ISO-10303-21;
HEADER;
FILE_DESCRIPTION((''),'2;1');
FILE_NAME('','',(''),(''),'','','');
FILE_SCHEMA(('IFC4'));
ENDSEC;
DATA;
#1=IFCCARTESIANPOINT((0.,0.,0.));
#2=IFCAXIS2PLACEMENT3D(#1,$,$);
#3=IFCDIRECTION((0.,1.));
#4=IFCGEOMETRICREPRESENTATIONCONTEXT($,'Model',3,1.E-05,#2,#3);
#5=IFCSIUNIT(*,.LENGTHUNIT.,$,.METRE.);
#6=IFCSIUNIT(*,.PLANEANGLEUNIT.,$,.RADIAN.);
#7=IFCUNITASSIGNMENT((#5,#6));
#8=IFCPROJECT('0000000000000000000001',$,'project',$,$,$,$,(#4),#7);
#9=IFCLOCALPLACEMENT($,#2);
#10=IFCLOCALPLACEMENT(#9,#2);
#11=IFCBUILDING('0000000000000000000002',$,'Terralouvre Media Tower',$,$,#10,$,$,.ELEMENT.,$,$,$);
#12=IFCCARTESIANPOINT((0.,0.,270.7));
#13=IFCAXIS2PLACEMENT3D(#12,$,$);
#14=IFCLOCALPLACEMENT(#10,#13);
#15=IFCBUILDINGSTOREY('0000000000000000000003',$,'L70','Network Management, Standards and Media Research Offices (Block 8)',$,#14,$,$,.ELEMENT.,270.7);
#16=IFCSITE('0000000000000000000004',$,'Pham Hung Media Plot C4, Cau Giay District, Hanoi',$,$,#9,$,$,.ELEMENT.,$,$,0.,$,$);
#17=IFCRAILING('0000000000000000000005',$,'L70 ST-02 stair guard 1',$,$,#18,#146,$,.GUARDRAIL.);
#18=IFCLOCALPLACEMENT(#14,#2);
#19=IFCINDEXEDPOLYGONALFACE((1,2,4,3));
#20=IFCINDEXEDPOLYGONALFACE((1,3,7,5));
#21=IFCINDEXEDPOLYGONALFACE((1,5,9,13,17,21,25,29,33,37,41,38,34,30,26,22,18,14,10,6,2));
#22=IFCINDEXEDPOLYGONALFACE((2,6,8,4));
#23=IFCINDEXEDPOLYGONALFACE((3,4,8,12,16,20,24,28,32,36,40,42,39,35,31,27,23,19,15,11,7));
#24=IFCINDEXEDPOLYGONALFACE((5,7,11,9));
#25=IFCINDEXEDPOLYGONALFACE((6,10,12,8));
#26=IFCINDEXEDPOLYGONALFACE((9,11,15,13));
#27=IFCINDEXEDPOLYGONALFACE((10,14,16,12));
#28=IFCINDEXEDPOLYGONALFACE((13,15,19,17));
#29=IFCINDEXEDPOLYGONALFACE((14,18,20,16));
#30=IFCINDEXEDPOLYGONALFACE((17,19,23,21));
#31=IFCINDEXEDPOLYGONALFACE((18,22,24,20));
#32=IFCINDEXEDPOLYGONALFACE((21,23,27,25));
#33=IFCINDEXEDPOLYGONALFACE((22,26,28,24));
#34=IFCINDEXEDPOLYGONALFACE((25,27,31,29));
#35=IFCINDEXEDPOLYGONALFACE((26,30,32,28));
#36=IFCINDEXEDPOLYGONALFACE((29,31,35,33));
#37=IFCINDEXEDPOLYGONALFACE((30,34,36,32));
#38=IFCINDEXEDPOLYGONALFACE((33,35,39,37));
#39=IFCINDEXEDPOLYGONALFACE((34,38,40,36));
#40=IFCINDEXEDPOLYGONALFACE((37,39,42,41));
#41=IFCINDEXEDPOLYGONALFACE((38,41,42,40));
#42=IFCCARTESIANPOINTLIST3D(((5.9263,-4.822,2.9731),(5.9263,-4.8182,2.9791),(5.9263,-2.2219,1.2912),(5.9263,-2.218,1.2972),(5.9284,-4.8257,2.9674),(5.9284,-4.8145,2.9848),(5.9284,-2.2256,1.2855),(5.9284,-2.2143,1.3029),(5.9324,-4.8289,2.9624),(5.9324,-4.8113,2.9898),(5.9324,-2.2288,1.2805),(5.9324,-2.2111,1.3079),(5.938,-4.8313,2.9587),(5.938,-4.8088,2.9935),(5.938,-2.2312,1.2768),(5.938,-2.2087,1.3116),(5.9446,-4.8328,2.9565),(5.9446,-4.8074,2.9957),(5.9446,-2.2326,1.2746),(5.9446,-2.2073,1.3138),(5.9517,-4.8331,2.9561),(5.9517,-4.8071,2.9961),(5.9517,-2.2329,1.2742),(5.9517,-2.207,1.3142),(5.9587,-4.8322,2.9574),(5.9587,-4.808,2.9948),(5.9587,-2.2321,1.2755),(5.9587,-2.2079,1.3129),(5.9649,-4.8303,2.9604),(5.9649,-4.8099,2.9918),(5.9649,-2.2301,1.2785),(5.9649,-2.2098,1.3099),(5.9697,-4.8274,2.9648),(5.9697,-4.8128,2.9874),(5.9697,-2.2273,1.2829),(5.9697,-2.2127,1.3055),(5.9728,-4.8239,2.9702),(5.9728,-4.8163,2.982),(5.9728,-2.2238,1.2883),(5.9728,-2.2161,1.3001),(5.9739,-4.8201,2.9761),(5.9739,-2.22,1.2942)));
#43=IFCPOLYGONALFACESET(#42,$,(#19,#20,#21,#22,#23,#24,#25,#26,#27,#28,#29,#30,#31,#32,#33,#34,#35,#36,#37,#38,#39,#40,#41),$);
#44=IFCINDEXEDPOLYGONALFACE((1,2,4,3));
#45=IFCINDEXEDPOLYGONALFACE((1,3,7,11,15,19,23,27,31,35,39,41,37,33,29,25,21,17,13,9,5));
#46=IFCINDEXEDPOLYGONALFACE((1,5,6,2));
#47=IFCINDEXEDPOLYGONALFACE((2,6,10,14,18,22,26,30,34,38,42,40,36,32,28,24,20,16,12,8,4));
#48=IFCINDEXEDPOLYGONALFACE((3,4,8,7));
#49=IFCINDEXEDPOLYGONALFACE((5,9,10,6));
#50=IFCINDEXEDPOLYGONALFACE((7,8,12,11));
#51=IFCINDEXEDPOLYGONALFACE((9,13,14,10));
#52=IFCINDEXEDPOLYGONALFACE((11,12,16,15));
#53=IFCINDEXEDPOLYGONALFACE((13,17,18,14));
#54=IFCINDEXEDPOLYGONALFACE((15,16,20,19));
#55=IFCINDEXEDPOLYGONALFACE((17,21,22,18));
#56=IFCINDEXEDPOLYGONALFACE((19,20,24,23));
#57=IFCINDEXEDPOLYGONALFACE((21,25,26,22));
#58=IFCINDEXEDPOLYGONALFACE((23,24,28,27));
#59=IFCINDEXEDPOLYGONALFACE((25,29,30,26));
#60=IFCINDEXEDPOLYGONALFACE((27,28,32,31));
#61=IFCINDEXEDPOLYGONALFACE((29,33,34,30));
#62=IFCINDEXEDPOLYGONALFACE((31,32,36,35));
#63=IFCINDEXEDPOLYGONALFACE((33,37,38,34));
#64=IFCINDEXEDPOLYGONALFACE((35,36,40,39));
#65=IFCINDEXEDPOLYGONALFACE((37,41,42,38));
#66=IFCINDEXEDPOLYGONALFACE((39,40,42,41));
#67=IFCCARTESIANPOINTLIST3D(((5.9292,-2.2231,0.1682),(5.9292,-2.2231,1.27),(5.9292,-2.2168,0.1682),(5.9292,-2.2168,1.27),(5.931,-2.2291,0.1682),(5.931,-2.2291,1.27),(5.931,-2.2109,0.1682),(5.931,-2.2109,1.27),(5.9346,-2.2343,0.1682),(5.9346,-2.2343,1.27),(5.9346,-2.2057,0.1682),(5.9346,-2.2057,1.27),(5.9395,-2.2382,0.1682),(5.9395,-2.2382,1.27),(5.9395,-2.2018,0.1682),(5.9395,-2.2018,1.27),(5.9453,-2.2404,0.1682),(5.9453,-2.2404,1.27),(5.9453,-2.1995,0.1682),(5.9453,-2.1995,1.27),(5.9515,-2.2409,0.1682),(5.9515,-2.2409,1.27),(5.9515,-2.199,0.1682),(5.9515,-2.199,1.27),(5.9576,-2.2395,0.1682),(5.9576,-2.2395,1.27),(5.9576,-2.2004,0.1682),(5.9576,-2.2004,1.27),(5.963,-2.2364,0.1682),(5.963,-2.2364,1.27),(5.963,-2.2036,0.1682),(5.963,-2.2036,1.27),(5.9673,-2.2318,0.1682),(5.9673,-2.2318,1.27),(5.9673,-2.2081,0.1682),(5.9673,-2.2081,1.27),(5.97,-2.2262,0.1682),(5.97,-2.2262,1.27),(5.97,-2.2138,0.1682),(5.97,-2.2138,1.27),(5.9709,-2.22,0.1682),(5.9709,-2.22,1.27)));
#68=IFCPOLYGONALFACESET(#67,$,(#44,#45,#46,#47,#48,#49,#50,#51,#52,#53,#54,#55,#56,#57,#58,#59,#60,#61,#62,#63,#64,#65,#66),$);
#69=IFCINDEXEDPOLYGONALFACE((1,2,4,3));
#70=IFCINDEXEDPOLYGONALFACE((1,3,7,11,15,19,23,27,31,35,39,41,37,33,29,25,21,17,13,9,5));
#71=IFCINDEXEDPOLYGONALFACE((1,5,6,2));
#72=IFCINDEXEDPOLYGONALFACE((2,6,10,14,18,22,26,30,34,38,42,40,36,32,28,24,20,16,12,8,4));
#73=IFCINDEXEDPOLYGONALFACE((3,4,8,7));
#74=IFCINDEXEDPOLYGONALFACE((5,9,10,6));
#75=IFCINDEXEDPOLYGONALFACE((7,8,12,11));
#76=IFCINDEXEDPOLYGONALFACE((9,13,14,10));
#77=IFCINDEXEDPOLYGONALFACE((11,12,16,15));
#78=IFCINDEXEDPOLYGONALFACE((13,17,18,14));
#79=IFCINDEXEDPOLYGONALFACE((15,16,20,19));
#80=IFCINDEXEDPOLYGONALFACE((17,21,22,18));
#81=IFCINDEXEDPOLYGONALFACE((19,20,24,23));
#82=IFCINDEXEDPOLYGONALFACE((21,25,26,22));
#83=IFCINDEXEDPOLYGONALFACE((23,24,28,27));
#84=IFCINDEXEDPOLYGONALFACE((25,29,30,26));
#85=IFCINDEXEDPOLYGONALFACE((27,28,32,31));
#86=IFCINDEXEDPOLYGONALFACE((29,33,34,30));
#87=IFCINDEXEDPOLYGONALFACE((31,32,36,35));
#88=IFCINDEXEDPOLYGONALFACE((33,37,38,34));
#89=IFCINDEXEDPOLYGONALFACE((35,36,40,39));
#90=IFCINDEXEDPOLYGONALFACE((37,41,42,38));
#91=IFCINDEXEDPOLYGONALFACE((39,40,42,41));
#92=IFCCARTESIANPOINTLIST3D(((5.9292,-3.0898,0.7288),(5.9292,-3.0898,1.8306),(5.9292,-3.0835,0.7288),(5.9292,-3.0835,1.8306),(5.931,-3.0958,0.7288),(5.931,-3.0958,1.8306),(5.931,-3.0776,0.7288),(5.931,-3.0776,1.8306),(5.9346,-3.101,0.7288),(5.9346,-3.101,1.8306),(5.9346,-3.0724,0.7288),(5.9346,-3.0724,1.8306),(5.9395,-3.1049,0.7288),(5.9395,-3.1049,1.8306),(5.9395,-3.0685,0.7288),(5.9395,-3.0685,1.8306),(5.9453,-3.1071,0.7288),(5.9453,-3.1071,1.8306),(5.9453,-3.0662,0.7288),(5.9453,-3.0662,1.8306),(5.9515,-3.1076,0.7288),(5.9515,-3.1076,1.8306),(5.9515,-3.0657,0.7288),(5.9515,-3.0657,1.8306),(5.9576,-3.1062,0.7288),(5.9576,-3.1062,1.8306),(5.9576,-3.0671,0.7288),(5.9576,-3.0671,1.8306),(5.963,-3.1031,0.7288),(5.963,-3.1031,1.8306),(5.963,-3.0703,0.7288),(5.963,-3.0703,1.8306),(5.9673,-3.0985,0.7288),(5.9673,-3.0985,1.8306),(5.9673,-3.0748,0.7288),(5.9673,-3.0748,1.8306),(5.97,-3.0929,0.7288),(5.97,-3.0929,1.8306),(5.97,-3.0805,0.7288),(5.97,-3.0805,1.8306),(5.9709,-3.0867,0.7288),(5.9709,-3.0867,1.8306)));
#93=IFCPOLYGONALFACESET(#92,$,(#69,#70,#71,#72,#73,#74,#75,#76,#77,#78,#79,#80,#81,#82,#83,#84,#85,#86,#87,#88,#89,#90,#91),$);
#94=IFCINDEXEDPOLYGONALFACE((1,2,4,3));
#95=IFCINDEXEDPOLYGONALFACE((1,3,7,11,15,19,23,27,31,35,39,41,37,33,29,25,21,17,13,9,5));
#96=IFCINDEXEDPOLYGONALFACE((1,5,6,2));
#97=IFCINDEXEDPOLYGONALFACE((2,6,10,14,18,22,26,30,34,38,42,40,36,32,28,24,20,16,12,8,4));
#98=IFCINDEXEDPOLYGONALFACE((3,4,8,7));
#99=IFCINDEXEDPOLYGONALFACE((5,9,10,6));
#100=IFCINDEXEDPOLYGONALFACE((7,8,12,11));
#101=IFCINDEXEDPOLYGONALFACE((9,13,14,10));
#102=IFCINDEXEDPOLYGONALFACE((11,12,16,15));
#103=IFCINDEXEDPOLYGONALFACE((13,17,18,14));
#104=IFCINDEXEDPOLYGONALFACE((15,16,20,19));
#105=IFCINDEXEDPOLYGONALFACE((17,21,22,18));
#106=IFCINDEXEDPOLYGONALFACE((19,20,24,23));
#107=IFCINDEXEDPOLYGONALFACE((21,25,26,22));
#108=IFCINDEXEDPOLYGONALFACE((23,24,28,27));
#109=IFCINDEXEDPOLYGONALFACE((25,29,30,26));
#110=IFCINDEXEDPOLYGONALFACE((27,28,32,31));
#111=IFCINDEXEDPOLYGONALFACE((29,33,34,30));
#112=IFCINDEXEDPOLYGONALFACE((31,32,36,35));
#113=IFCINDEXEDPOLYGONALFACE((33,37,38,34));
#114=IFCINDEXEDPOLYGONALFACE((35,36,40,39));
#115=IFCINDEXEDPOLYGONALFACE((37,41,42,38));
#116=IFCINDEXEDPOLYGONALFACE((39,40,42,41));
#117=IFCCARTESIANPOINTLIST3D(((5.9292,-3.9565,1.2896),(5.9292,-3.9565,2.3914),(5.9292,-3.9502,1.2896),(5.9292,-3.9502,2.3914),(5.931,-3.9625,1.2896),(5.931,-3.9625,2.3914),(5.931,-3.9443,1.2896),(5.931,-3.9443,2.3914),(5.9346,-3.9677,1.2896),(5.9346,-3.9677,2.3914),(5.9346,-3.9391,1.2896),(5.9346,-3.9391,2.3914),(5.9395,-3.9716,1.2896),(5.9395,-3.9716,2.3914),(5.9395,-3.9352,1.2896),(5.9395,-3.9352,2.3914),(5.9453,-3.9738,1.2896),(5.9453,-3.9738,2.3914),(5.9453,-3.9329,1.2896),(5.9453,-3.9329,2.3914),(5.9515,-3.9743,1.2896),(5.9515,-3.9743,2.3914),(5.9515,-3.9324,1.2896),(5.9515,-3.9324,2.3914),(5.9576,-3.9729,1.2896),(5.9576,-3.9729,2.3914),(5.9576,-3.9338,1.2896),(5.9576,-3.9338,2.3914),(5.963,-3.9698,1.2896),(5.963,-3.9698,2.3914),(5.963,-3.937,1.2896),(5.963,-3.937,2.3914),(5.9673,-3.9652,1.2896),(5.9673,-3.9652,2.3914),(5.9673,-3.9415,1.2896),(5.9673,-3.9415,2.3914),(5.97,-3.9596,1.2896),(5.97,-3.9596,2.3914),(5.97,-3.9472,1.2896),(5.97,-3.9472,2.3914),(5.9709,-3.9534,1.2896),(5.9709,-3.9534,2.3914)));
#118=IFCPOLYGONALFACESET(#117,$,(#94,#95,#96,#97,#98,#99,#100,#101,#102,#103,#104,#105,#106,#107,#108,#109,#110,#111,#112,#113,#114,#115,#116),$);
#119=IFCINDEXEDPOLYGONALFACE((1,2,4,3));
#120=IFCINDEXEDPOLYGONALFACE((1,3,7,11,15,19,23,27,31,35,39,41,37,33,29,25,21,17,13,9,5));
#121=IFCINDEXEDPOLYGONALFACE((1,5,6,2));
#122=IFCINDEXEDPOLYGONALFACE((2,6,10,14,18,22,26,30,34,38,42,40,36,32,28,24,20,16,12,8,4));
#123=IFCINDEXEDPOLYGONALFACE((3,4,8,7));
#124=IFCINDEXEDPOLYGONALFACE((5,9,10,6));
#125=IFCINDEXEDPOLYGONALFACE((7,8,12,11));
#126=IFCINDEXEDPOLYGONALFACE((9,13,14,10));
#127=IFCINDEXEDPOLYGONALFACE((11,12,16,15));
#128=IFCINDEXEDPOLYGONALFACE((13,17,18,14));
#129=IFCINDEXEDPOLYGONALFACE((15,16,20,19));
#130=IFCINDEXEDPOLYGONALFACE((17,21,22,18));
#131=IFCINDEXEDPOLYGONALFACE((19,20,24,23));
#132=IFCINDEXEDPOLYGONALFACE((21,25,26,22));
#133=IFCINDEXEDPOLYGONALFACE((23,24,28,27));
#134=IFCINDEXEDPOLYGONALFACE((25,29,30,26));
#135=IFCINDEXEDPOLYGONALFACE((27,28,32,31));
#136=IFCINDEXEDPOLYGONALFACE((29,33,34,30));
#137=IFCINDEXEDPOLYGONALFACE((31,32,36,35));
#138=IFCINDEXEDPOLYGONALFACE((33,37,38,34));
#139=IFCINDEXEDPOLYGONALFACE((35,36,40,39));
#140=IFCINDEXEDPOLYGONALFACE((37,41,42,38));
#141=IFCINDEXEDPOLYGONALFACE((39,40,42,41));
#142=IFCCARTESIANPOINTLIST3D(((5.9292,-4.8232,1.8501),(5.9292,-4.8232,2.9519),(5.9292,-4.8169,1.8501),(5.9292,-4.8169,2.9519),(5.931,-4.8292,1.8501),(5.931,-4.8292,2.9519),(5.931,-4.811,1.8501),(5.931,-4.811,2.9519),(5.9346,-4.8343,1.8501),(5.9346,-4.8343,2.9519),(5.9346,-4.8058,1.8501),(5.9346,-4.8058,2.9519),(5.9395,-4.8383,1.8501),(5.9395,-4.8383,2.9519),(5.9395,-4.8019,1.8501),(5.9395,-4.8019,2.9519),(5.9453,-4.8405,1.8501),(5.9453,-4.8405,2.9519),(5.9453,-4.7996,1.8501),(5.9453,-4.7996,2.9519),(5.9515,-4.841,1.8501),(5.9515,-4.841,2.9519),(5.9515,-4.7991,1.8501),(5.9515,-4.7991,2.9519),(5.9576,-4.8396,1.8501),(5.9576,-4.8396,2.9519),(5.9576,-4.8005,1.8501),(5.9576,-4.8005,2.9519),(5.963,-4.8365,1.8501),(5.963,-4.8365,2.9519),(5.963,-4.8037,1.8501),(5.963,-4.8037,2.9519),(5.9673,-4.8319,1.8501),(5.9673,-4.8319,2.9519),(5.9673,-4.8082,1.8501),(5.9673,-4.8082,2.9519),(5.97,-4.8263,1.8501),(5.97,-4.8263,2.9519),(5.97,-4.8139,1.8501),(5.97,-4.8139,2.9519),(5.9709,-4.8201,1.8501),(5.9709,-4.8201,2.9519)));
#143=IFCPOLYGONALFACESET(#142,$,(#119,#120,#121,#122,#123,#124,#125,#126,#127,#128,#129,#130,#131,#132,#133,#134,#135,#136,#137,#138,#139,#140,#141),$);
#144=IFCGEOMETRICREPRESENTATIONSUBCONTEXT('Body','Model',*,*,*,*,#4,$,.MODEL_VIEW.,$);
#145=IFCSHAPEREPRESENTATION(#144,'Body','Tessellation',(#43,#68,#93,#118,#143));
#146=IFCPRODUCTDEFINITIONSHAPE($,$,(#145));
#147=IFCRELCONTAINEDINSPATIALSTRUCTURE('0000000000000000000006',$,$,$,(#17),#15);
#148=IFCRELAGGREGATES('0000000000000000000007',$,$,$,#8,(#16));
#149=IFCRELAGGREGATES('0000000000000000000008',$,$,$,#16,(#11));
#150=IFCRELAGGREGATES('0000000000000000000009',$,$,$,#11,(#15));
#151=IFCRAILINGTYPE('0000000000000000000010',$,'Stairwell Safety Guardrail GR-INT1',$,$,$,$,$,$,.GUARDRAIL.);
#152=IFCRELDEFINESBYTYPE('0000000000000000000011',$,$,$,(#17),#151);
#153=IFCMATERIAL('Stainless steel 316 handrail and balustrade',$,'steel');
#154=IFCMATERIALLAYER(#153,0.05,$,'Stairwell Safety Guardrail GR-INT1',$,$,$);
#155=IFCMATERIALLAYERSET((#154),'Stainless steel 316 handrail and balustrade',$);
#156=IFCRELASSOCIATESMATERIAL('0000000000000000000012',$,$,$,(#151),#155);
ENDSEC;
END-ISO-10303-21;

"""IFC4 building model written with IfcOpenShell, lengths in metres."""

from ifc_helpers import new_model, si_unit, direction, frame, origin, origin_2d, place, context, subcontext, project, spatial, circle, extrude, material, layer, layer_set, type_object, element, save


model = new_model("IFC4")

# Units and contexts
model_context = context("Model", 3, precision=1e-05, world=origin(), true_north=direction((0.0, 1.0)))
body_context = subcontext(model_context, "Body", "Model", "MODEL_VIEW")
ifc_project = project(units=[si_unit("LENGTHUNIT", "METRE"), si_unit("PLANEANGLEUNIT", "RADIAN")], contexts=[model_context])

# Site, building, storey
site_placement = place(None, origin())
site = spatial("IfcSite", under=ifc_project, at=site_placement, Name="Pham Hung Media Plot C4, Cau Giay District, Hanoi", CompositionType="ELEMENT", RefElevation=0.0)
building_placement = place(site_placement, origin())
building = spatial("IfcBuilding", under=site, at=building_placement, Name="Terralouvre Media Tower", CompositionType="ELEMENT")
storey_placement = place(building_placement, frame((0.0, 0.0, 270.7)))
storey = spatial("IfcBuildingStorey", under=building, at=storey_placement, Name="L70", Description="Network Management, Standards and Media Research Offices (Block 8)", CompositionType="ELEMENT", Elevation=270.7)

# Railing
ifc_material_1 = material(Name="Stainless steel 316 handrail and balustrade", Category="steel")
ifc_layer_1 = layer(ifc_material_1, 0.05, Name="Stairwell Safety Guardrail GR-INT1")
ifc_layer_set_1 = layer_set([ifc_layer_1], Name="Stainless steel 316 handrail and balustrade")
railing_type_1 = type_object("IfcRailingType", Name="Stairwell Safety Guardrail GR-INT1", PredefinedType="GUARDRAIL", material=ifc_layer_set_1)
railing_1_placement = place(storey_placement, frame((5.95, -2.22, 0.1682)))
element("IfcRailing", 1, at=railing_1_placement, inside=storey, type_object=railing_type_1, Name="L70 ST-02 stair guard 1", PredefinedType="GUARDRAIL", context=body_context, shape_type="SweptSolid", body=[
    extrude(circle(Radius=0.0239, at=origin_2d()), frame((0.0, 0.0, 1.126), z_axis=(0.0, -0.839648, 0.54313), x_axis=(1.0, 0.0, 0.0)), (0.0, 0.0, 1.0), 3.0967),
    extrude(circle(Radius=0.021, at=origin_2d()), origin(), (0.0, 0.0, 1.0), 1.1018),
    extrude(circle(Radius=0.021, at=origin_2d()), frame((0.0, -0.8667, 0.5605)), (0.0, 0.0, 1.0), 1.1018),
    extrude(circle(Radius=0.021, at=origin_2d()), frame((0.0, -1.7334, 1.1213)), (0.0, 0.0, 1.0), 1.1018),
    extrude(circle(Radius=0.021, at=origin_2d()), frame((0.0, -2.6001, 1.6819)), (0.0, 0.0, 1.0), 1.1018),
])

save(model, "model.ifc")
